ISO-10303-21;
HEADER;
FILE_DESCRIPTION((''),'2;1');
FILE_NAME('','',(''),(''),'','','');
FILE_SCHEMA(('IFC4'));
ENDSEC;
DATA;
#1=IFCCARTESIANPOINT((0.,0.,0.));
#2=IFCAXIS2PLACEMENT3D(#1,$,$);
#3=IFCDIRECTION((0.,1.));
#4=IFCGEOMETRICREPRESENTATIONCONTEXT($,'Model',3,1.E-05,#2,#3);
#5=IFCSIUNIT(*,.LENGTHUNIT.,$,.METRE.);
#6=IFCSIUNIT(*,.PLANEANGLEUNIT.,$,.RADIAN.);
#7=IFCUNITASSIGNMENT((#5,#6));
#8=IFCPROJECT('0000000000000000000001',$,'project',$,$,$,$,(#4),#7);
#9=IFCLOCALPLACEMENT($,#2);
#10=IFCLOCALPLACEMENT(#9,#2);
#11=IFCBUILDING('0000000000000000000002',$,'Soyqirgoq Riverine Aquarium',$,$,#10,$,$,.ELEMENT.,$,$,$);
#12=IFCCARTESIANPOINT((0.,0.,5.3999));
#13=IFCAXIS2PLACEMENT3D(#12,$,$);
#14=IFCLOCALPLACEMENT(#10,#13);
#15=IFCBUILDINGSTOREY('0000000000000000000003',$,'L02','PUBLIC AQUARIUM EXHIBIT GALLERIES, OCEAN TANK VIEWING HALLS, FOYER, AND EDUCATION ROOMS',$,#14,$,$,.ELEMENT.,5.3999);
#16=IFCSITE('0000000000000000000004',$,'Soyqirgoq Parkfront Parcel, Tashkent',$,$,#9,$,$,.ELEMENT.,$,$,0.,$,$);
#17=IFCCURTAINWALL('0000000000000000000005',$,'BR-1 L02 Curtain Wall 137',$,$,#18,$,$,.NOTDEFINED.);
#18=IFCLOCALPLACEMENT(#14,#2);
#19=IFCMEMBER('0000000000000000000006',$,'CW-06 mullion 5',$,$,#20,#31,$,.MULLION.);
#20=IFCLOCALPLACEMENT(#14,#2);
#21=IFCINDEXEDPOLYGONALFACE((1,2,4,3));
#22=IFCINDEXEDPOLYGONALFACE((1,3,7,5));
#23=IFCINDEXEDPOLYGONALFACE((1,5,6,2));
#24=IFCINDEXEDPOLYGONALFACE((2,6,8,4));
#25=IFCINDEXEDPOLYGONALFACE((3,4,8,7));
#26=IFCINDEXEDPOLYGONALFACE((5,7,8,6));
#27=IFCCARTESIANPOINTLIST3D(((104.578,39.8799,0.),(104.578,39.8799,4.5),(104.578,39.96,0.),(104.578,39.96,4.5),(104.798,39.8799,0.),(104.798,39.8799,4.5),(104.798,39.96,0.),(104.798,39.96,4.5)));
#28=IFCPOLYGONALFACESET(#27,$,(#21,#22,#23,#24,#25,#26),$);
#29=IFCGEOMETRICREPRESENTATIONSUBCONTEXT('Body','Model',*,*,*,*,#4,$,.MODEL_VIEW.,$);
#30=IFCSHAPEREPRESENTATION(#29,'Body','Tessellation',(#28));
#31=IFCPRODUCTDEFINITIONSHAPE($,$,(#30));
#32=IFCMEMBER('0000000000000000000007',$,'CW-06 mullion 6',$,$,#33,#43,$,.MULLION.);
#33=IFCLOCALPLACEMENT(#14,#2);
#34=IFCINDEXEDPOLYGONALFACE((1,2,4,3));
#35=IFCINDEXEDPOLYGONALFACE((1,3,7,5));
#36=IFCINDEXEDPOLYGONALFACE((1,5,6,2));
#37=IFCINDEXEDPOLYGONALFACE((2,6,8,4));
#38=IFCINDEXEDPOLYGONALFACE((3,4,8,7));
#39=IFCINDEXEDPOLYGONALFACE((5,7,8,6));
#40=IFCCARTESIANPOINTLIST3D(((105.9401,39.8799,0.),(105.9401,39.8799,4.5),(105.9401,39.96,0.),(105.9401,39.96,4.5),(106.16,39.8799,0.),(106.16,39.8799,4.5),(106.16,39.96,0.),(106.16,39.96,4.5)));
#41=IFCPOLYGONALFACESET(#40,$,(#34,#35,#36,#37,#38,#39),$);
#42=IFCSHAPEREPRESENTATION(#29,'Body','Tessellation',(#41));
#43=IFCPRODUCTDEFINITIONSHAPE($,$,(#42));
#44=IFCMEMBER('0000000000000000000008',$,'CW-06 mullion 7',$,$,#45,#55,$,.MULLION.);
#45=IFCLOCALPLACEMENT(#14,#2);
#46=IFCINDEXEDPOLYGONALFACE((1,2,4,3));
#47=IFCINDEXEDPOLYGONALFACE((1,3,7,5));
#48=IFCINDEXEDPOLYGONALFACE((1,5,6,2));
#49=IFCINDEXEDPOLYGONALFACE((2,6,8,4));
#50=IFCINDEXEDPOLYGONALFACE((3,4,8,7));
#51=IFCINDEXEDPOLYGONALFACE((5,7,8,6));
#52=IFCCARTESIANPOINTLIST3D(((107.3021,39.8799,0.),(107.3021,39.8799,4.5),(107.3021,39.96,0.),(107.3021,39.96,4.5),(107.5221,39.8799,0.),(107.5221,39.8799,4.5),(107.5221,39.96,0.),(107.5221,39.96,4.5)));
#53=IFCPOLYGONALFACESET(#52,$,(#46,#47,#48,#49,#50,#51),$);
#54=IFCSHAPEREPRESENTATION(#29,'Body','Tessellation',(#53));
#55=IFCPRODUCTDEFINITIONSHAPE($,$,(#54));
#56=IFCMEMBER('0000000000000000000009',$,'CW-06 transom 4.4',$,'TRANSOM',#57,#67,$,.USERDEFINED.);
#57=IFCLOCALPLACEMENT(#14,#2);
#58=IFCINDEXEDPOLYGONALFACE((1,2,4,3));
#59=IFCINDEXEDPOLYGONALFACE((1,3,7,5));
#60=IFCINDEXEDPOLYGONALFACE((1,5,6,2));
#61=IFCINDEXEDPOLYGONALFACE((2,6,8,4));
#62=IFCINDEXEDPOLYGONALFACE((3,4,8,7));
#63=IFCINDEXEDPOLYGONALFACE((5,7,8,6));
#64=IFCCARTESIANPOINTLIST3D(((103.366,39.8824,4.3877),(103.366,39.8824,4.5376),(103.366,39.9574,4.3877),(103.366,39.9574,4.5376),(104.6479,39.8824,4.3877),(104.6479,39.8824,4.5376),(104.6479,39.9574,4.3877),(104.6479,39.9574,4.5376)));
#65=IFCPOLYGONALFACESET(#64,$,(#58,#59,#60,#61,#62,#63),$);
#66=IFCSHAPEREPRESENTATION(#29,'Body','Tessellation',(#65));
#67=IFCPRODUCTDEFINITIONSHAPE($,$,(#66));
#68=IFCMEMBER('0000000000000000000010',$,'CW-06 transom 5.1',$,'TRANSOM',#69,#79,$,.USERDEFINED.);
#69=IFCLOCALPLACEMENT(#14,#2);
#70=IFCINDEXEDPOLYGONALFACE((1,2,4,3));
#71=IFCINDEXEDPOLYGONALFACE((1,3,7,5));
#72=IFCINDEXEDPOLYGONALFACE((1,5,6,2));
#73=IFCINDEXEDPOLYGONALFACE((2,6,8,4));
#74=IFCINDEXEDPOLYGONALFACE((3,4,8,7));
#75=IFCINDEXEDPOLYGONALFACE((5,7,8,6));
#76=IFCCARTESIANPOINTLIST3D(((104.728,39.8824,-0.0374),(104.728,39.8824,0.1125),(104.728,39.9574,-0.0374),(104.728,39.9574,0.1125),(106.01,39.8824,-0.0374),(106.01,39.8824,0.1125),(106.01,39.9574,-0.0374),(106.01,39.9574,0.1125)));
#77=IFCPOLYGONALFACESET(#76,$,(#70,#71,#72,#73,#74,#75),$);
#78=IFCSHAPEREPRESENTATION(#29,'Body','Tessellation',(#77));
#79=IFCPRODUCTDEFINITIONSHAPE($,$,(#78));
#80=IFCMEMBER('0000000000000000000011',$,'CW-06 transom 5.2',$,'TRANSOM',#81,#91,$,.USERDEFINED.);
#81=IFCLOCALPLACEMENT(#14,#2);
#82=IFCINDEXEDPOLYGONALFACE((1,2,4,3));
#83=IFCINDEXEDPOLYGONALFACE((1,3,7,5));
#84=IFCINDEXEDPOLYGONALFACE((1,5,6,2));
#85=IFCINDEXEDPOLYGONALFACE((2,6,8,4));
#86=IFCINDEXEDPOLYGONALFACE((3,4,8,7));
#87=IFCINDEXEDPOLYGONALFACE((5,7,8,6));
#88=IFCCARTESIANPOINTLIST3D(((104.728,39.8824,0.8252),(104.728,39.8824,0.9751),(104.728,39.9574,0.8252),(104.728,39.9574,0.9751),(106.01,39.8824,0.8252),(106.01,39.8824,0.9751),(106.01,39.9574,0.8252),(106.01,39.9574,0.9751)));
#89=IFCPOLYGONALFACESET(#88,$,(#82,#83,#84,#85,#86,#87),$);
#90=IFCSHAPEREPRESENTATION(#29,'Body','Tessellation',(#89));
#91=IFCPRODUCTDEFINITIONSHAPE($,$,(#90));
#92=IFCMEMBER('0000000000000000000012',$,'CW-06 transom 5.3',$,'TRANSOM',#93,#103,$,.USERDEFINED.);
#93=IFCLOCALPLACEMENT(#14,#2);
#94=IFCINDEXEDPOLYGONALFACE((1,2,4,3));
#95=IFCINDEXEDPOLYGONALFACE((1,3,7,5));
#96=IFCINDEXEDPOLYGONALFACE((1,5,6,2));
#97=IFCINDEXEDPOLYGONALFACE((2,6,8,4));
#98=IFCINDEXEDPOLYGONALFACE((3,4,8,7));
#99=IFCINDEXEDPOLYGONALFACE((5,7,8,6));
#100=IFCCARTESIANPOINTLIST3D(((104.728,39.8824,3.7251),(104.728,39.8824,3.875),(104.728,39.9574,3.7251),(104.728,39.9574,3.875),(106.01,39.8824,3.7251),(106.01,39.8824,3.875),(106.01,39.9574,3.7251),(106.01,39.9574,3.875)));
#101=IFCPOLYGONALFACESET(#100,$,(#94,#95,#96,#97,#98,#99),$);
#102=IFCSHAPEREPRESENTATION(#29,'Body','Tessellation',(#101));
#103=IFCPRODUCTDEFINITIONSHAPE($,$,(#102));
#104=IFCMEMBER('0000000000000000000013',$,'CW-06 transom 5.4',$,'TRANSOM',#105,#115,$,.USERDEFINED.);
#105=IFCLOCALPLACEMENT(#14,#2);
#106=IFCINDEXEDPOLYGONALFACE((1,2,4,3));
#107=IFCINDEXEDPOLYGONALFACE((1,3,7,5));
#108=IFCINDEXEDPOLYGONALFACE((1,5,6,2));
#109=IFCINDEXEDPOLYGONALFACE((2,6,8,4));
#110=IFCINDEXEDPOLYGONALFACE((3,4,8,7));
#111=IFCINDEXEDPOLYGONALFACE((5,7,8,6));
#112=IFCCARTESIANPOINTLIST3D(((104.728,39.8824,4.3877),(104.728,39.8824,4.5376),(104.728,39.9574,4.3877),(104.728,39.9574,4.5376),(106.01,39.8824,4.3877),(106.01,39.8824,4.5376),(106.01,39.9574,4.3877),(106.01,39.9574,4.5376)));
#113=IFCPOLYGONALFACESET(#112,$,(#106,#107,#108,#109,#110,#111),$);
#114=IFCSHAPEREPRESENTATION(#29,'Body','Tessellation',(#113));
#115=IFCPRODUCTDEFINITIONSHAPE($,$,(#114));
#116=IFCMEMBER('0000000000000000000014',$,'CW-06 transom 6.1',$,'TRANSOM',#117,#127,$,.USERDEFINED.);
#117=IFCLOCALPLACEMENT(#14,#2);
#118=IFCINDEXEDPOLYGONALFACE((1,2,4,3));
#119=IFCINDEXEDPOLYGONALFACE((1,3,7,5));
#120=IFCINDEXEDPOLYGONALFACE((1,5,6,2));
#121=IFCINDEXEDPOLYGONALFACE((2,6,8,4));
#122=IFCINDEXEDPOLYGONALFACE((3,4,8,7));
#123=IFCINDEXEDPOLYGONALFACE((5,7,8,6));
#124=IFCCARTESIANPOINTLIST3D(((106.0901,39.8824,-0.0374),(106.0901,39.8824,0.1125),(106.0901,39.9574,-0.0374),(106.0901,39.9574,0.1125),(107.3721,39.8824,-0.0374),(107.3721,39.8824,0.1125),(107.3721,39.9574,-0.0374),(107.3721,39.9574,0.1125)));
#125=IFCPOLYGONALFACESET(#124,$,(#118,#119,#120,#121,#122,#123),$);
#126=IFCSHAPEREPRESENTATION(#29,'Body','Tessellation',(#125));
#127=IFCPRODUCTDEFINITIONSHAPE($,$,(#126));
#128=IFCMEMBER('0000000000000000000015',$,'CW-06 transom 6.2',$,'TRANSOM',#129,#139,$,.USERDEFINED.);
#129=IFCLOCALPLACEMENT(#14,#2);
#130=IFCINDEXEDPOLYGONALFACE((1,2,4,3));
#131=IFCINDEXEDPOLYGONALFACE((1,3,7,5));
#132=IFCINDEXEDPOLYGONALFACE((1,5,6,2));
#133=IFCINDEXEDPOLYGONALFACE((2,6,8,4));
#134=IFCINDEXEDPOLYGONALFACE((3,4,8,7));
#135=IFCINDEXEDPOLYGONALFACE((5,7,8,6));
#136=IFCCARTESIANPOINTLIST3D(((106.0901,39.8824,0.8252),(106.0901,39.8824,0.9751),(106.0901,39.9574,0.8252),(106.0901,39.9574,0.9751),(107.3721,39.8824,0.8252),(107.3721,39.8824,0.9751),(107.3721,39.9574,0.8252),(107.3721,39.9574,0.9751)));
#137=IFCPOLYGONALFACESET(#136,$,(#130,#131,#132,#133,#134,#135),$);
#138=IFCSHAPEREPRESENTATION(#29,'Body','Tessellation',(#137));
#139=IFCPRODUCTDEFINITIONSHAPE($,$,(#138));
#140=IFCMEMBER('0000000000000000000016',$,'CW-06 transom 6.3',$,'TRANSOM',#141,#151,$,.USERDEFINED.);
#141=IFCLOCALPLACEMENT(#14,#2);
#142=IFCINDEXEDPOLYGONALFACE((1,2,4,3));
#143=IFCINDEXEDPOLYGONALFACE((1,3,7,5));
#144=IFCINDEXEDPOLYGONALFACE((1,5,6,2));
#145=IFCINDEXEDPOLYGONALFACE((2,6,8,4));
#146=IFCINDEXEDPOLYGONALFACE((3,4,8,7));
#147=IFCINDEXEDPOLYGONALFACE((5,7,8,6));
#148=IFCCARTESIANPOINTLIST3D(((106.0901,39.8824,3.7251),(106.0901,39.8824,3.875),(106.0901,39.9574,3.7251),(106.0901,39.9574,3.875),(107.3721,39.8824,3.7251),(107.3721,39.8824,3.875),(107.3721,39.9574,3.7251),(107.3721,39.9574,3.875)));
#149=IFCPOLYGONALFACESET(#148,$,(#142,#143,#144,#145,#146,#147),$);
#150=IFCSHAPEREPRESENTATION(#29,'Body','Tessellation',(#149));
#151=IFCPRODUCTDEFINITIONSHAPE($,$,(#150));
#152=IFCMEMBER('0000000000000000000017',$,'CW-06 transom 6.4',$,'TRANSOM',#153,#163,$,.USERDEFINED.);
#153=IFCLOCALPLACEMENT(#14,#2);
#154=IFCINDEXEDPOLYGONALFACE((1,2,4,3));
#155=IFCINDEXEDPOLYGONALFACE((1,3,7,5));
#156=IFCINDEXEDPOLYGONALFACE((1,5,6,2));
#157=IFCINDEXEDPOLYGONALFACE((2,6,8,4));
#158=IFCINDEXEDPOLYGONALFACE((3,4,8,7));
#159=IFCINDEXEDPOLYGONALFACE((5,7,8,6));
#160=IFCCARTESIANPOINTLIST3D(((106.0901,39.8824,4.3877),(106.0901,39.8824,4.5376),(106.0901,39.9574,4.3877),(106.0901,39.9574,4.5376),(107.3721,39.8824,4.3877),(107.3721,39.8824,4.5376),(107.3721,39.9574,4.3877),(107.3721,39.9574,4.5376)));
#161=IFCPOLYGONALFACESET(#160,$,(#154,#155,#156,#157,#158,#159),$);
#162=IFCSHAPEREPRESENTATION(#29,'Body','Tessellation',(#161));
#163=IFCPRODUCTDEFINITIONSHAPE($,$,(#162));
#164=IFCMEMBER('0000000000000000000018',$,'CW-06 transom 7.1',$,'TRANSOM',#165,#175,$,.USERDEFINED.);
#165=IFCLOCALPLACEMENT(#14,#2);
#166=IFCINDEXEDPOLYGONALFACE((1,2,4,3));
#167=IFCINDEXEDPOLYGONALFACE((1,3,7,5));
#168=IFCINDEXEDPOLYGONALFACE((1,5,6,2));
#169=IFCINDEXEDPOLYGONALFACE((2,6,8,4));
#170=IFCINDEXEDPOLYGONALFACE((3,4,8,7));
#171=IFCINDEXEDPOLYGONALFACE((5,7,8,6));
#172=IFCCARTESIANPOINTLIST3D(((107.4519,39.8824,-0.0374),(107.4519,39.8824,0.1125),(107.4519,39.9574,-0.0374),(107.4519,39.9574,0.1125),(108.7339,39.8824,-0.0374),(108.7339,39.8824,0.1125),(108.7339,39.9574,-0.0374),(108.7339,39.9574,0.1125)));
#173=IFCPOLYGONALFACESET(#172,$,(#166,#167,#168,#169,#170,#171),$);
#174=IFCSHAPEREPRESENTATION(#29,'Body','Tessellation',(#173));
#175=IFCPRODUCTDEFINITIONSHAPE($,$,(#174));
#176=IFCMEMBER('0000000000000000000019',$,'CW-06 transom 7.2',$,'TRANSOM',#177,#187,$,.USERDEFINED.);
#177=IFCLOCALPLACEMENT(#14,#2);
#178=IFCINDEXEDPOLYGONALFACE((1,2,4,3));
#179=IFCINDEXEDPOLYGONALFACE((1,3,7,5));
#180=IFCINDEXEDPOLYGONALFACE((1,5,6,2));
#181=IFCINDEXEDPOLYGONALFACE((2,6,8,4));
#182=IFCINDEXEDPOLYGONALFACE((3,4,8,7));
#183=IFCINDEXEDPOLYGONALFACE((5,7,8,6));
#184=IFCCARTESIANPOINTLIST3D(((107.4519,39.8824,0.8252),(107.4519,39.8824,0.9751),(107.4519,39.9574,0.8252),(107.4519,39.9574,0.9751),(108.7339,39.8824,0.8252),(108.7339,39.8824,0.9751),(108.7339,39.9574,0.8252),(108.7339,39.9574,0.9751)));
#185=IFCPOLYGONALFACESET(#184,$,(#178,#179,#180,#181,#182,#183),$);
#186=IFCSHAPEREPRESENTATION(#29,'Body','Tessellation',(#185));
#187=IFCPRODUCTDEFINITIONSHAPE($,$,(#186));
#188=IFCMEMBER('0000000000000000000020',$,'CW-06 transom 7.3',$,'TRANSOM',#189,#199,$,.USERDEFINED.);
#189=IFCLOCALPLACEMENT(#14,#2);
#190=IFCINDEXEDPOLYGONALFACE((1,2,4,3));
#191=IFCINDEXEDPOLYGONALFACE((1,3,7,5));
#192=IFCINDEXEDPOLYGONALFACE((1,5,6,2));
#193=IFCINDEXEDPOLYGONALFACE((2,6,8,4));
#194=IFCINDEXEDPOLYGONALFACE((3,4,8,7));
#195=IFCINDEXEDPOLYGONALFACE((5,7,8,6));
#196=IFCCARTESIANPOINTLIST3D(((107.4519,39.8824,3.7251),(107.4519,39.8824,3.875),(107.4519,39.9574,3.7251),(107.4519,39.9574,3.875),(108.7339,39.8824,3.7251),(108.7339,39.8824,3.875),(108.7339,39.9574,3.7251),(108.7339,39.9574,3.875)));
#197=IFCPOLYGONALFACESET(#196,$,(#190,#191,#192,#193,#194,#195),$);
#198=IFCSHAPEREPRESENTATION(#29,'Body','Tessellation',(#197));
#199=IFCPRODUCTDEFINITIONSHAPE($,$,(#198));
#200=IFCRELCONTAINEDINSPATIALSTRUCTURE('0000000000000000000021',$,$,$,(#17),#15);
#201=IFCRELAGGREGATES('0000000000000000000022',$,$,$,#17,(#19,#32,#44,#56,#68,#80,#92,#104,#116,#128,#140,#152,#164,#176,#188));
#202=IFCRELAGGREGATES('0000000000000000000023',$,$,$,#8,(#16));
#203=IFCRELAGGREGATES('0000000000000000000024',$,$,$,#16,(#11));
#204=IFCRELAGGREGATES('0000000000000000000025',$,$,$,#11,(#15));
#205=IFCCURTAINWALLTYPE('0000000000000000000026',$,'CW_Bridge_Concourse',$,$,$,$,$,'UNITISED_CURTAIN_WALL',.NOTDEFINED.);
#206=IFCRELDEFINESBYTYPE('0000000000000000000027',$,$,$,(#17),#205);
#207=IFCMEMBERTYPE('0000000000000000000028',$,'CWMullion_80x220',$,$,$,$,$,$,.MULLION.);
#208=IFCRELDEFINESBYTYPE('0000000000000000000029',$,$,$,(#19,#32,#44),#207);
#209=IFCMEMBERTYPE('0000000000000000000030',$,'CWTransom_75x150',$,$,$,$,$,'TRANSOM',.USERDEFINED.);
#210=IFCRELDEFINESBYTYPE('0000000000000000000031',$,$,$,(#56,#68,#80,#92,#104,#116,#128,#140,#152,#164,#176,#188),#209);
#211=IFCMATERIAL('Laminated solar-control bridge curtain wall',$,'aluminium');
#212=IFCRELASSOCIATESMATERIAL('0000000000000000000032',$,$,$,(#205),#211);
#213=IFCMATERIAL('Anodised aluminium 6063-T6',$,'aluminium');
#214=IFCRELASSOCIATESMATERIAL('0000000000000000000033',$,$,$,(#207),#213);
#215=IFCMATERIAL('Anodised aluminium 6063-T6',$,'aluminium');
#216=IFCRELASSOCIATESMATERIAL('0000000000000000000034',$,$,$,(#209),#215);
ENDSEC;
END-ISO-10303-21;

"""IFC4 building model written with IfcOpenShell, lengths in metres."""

from ifc_helpers import new_model, si_unit, direction, frame, origin, origin_2d, place, context, subcontext, project, spatial, rectangle, extrude, material, material_profile, profile_set, type_object, element, aggregate, save


model = new_model("IFC4")

# Units and contexts
model_context = context("Model", 3, precision=1e-05, world=origin(), true_north=direction((0.0, 1.0)))
body_context = subcontext(model_context, "Body", "Model", "MODEL_VIEW")
ifc_project = project(units=[si_unit("LENGTHUNIT", "METRE"), si_unit("PLANEANGLEUNIT", "RADIAN")], contexts=[model_context])

# Site, building, storey
site_placement = place(None, origin())
site = spatial("IfcSite", under=ifc_project, at=site_placement, Name="Soyqirgoq Parkfront Parcel, Tashkent", CompositionType="ELEMENT", RefElevation=0.0)
building_placement = place(site_placement, origin())
building = spatial("IfcBuilding", under=site, at=building_placement, Name="Soyqirgoq Riverine Aquarium", CompositionType="ELEMENT")
storey_placement = place(building_placement, frame((0.0, 0.0, 5.3999)))
storey = spatial("IfcBuildingStorey", under=building, at=storey_placement, Name="L02", Description="PUBLIC AQUARIUM EXHIBIT GALLERIES, OCEAN TANK VIEWING HALLS, FOYER, AND EDUCATION ROOMS", CompositionType="ELEMENT", Elevation=5.3999)

# Curtain wall, members
ifc_material_1 = material(Name="Laminated solar-control bridge curtain wall", Category="aluminium")
curtain_wall_type = type_object("IfcCurtainWallType", Name="CW_Bridge_Concourse", ElementType="UNITISED_CURTAIN_WALL", PredefinedType="NOTDEFINED", material=ifc_material_1)
curtain_wall_placement = place(storey_placement, origin())
curtain_wall = element("IfcCurtainWall", 1, at=curtain_wall_placement, inside=storey, type_object=curtain_wall_type, Name="BR-1 L02 Curtain Wall 137", PredefinedType="NOTDEFINED")
ifc_material_2 = material(Name="Anodised aluminium 6063-T6", Category="aluminium")
ifc_material_profile_1 = material_profile(ifc_material_2, rectangle(XDim=0.0801, YDim=0.22, at=origin_2d()), Name="ALU-M 80x220")
ifc_profile_set_1 = profile_set([ifc_material_profile_1], Name="Anodised aluminium 6063-T6")
member_type_1 = type_object("IfcMemberType", Name="CWMullion_80x220", PredefinedType="MULLION", material=ifc_profile_set_1)
member_1_placement = place(storey_placement, frame((104.688, 39.9199, 0.0), z_axis=(0.0, 0.0, 1.0), x_axis=(0.0, 1.0, 0.0)))
member_1 = element("IfcMember", 2, at=member_1_placement, type_object=member_type_1, Name="CW-06 mullion 5", PredefinedType="MULLION", context=body_context, shape_type="SweptSolid", body=[
    extrude(rectangle(XDim=0.0801, YDim=0.22, at=origin_2d()), origin(), (0.0, 0.0, 1.0), 4.5),
])
member_2_placement = place(storey_placement, frame((106.05, 39.9199, 0.0), z_axis=(0.0, 0.0, 1.0), x_axis=(0.0, 1.0, 0.0)))
member_2 = element("IfcMember", 3, at=member_2_placement, type_object=member_type_1, Name="CW-06 mullion 6", PredefinedType="MULLION", context=body_context, shape_type="SweptSolid", body=[
    extrude(rectangle(XDim=0.0801, YDim=0.22, at=origin_2d()), origin(), (0.0, 0.0, 1.0), 4.5),
])
member_3_placement = place(storey_placement, frame((107.4121, 39.9199, 0.0), z_axis=(0.0, 0.0, 1.0), x_axis=(0.0, 1.0, 0.0)))
member_3 = element("IfcMember", 4, at=member_3_placement, type_object=member_type_1, Name="CW-06 mullion 7", PredefinedType="MULLION", context=body_context, shape_type="SweptSolid", body=[
    extrude(rectangle(XDim=0.0801, YDim=0.22, at=origin_2d()), origin(), (0.0, 0.0, 1.0), 4.5),
])
ifc_material_3 = material(Name="Anodised aluminium 6063-T6", Category="aluminium")
ifc_material_profile_2 = material_profile(ifc_material_3, rectangle(XDim=0.075, YDim=0.1499, at=origin_2d()), Name="ALU-T 75x150")
ifc_profile_set_2 = profile_set([ifc_material_profile_2], Name="Anodised aluminium 6063-T6")
member_type_2 = type_object("IfcMemberType", Name="CWTransom_75x150", ElementType="TRANSOM", PredefinedType="USERDEFINED", material=ifc_profile_set_2)
member_4_placement = place(storey_placement, frame((103.366, 39.9199, 4.4626), z_axis=(1.0, 0.0, 0.0), x_axis=(0.0, 1.0, 0.0)))
member_4 = element("IfcMember", 5, at=member_4_placement, type_object=member_type_2, Name="CW-06 transom 4.4", ObjectType="TRANSOM", PredefinedType="USERDEFINED", context=body_context, shape_type="SweptSolid", body=[
    extrude(rectangle(XDim=0.075, YDim=0.1499, at=origin_2d()), origin(), (0.0, 0.0, 1.0), 1.282),
])
member_5_placement = place(storey_placement, frame((104.728, 39.9199, 0.0376), z_axis=(1.0, 0.0, 0.0), x_axis=(0.0, 1.0, 0.0)))
member_5 = element("IfcMember", 6, at=member_5_placement, type_object=member_type_2, Name="CW-06 transom 5.1", ObjectType="TRANSOM", PredefinedType="USERDEFINED", context=body_context, shape_type="SweptSolid", body=[
    extrude(rectangle(XDim=0.075, YDim=0.1499, at=origin_2d()), origin(), (0.0, 0.0, 1.0), 1.282),
])
member_6_placement = place(storey_placement, frame((104.728, 39.9199, 0.9001), z_axis=(1.0, 0.0, 0.0), x_axis=(0.0, 1.0, 0.0)))
member_6 = element("IfcMember", 7, at=member_6_placement, type_object=member_type_2, Name="CW-06 transom 5.2", ObjectType="TRANSOM", PredefinedType="USERDEFINED", context=body_context, shape_type="SweptSolid", body=[
    extrude(rectangle(XDim=0.075, YDim=0.1499, at=origin_2d()), origin(), (0.0, 0.0, 1.0), 1.282),
])
member_7_placement = place(storey_placement, frame((104.728, 39.9199, 3.8), z_axis=(1.0, 0.0, 0.0), x_axis=(0.0, 1.0, 0.0)))
member_7 = element("IfcMember", 8, at=member_7_placement, type_object=member_type_2, Name="CW-06 transom 5.3", ObjectType="TRANSOM", PredefinedType="USERDEFINED", context=body_context, shape_type="SweptSolid", body=[
    extrude(rectangle(XDim=0.075, YDim=0.1499, at=origin_2d()), origin(), (0.0, 0.0, 1.0), 1.282),
])
member_8_placement = place(storey_placement, frame((104.728, 39.9199, 4.4626), z_axis=(1.0, 0.0, 0.0), x_axis=(0.0, 1.0, 0.0)))
member_8 = element("IfcMember", 9, at=member_8_placement, type_object=member_type_2, Name="CW-06 transom 5.4", ObjectType="TRANSOM", PredefinedType="USERDEFINED", context=body_context, shape_type="SweptSolid", body=[
    extrude(rectangle(XDim=0.075, YDim=0.1499, at=origin_2d()), origin(), (0.0, 0.0, 1.0), 1.282),
])
member_9_placement = place(storey_placement, frame((106.0901, 39.9199, 0.0376), z_axis=(1.0, 0.0, 0.0), x_axis=(0.0, 1.0, 0.0)))
member_9 = element("IfcMember", 10, at=member_9_placement, type_object=member_type_2, Name="CW-06 transom 6.1", ObjectType="TRANSOM", PredefinedType="USERDEFINED", context=body_context, shape_type="SweptSolid", body=[
    extrude(rectangle(XDim=0.075, YDim=0.1499, at=origin_2d()), origin(), (0.0, 0.0, 1.0), 1.282),
])
member_10_placement = place(storey_placement, frame((106.0901, 39.9199, 0.9001), z_axis=(1.0, 0.0, 0.0), x_axis=(0.0, 1.0, 0.0)))
member_10 = element("IfcMember", 11, at=member_10_placement, type_object=member_type_2, Name="CW-06 transom 6.2", ObjectType="TRANSOM", PredefinedType="USERDEFINED", context=body_context, shape_type="SweptSolid", body=[
    extrude(rectangle(XDim=0.075, YDim=0.1499, at=origin_2d()), origin(), (0.0, 0.0, 1.0), 1.282),
])
member_11_placement = place(storey_placement, frame((106.0901, 39.9199, 3.8), z_axis=(1.0, 0.0, 0.0), x_axis=(0.0, 1.0, 0.0)))
member_11 = element("IfcMember", 12, at=member_11_placement, type_object=member_type_2, Name="CW-06 transom 6.3", ObjectType="TRANSOM", PredefinedType="USERDEFINED", context=body_context, shape_type="SweptSolid", body=[
    extrude(rectangle(XDim=0.075, YDim=0.1499, at=origin_2d()), origin(), (0.0, 0.0, 1.0), 1.282),
])
member_12_placement = place(storey_placement, frame((106.0901, 39.9199, 4.4626), z_axis=(1.0, 0.0, 0.0), x_axis=(0.0, 1.0, 0.0)))
member_12 = element("IfcMember", 13, at=member_12_placement, type_object=member_type_2, Name="CW-06 transom 6.4", ObjectType="TRANSOM", PredefinedType="USERDEFINED", context=body_context, shape_type="SweptSolid", body=[
    extrude(rectangle(XDim=0.075, YDim=0.1499, at=origin_2d()), origin(), (0.0, 0.0, 1.0), 1.282),
])
member_13_placement = place(storey_placement, frame((107.4519, 39.9199, 0.0376), z_axis=(1.0, 0.0, 0.0), x_axis=(0.0, 1.0, 0.0)))
member_13 = element("IfcMember", 14, at=member_13_placement, type_object=member_type_2, Name="CW-06 transom 7.1", ObjectType="TRANSOM", PredefinedType="USERDEFINED", context=body_context, shape_type="SweptSolid", body=[
    extrude(rectangle(XDim=0.075, YDim=0.1499, at=origin_2d()), origin(), (0.0, 0.0, 1.0), 1.282),
])
member_14_placement = place(storey_placement, frame((107.4519, 39.9199, 0.9001), z_axis=(1.0, 0.0, 0.0), x_axis=(0.0, 1.0, 0.0)))
member_14 = element("IfcMember", 15, at=member_14_placement, type_object=member_type_2, Name="CW-06 transom 7.2", ObjectType="TRANSOM", PredefinedType="USERDEFINED", context=body_context, shape_type="SweptSolid", body=[
    extrude(rectangle(XDim=0.075, YDim=0.1499, at=origin_2d()), origin(), (0.0, 0.0, 1.0), 1.282),
])
member_15_placement = place(storey_placement, frame((107.4519, 39.9199, 3.8), z_axis=(1.0, 0.0, 0.0), x_axis=(0.0, 1.0, 0.0)))
member_15 = element("IfcMember", 16, at=member_15_placement, type_object=member_type_2, Name="CW-06 transom 7.3", ObjectType="TRANSOM", PredefinedType="USERDEFINED", context=body_context, shape_type="SweptSolid", body=[
    extrude(rectangle(XDim=0.075, YDim=0.1499, at=origin_2d()), origin(), (0.0, 0.0, 1.0), 1.282),
])
aggregate(curtain_wall, [member_1, member_2, member_3, member_4, member_5, member_6, member_7, member_8, member_9, member_10, member_11, member_12, member_13, member_14, member_15])

save(model, "model.ifc")
